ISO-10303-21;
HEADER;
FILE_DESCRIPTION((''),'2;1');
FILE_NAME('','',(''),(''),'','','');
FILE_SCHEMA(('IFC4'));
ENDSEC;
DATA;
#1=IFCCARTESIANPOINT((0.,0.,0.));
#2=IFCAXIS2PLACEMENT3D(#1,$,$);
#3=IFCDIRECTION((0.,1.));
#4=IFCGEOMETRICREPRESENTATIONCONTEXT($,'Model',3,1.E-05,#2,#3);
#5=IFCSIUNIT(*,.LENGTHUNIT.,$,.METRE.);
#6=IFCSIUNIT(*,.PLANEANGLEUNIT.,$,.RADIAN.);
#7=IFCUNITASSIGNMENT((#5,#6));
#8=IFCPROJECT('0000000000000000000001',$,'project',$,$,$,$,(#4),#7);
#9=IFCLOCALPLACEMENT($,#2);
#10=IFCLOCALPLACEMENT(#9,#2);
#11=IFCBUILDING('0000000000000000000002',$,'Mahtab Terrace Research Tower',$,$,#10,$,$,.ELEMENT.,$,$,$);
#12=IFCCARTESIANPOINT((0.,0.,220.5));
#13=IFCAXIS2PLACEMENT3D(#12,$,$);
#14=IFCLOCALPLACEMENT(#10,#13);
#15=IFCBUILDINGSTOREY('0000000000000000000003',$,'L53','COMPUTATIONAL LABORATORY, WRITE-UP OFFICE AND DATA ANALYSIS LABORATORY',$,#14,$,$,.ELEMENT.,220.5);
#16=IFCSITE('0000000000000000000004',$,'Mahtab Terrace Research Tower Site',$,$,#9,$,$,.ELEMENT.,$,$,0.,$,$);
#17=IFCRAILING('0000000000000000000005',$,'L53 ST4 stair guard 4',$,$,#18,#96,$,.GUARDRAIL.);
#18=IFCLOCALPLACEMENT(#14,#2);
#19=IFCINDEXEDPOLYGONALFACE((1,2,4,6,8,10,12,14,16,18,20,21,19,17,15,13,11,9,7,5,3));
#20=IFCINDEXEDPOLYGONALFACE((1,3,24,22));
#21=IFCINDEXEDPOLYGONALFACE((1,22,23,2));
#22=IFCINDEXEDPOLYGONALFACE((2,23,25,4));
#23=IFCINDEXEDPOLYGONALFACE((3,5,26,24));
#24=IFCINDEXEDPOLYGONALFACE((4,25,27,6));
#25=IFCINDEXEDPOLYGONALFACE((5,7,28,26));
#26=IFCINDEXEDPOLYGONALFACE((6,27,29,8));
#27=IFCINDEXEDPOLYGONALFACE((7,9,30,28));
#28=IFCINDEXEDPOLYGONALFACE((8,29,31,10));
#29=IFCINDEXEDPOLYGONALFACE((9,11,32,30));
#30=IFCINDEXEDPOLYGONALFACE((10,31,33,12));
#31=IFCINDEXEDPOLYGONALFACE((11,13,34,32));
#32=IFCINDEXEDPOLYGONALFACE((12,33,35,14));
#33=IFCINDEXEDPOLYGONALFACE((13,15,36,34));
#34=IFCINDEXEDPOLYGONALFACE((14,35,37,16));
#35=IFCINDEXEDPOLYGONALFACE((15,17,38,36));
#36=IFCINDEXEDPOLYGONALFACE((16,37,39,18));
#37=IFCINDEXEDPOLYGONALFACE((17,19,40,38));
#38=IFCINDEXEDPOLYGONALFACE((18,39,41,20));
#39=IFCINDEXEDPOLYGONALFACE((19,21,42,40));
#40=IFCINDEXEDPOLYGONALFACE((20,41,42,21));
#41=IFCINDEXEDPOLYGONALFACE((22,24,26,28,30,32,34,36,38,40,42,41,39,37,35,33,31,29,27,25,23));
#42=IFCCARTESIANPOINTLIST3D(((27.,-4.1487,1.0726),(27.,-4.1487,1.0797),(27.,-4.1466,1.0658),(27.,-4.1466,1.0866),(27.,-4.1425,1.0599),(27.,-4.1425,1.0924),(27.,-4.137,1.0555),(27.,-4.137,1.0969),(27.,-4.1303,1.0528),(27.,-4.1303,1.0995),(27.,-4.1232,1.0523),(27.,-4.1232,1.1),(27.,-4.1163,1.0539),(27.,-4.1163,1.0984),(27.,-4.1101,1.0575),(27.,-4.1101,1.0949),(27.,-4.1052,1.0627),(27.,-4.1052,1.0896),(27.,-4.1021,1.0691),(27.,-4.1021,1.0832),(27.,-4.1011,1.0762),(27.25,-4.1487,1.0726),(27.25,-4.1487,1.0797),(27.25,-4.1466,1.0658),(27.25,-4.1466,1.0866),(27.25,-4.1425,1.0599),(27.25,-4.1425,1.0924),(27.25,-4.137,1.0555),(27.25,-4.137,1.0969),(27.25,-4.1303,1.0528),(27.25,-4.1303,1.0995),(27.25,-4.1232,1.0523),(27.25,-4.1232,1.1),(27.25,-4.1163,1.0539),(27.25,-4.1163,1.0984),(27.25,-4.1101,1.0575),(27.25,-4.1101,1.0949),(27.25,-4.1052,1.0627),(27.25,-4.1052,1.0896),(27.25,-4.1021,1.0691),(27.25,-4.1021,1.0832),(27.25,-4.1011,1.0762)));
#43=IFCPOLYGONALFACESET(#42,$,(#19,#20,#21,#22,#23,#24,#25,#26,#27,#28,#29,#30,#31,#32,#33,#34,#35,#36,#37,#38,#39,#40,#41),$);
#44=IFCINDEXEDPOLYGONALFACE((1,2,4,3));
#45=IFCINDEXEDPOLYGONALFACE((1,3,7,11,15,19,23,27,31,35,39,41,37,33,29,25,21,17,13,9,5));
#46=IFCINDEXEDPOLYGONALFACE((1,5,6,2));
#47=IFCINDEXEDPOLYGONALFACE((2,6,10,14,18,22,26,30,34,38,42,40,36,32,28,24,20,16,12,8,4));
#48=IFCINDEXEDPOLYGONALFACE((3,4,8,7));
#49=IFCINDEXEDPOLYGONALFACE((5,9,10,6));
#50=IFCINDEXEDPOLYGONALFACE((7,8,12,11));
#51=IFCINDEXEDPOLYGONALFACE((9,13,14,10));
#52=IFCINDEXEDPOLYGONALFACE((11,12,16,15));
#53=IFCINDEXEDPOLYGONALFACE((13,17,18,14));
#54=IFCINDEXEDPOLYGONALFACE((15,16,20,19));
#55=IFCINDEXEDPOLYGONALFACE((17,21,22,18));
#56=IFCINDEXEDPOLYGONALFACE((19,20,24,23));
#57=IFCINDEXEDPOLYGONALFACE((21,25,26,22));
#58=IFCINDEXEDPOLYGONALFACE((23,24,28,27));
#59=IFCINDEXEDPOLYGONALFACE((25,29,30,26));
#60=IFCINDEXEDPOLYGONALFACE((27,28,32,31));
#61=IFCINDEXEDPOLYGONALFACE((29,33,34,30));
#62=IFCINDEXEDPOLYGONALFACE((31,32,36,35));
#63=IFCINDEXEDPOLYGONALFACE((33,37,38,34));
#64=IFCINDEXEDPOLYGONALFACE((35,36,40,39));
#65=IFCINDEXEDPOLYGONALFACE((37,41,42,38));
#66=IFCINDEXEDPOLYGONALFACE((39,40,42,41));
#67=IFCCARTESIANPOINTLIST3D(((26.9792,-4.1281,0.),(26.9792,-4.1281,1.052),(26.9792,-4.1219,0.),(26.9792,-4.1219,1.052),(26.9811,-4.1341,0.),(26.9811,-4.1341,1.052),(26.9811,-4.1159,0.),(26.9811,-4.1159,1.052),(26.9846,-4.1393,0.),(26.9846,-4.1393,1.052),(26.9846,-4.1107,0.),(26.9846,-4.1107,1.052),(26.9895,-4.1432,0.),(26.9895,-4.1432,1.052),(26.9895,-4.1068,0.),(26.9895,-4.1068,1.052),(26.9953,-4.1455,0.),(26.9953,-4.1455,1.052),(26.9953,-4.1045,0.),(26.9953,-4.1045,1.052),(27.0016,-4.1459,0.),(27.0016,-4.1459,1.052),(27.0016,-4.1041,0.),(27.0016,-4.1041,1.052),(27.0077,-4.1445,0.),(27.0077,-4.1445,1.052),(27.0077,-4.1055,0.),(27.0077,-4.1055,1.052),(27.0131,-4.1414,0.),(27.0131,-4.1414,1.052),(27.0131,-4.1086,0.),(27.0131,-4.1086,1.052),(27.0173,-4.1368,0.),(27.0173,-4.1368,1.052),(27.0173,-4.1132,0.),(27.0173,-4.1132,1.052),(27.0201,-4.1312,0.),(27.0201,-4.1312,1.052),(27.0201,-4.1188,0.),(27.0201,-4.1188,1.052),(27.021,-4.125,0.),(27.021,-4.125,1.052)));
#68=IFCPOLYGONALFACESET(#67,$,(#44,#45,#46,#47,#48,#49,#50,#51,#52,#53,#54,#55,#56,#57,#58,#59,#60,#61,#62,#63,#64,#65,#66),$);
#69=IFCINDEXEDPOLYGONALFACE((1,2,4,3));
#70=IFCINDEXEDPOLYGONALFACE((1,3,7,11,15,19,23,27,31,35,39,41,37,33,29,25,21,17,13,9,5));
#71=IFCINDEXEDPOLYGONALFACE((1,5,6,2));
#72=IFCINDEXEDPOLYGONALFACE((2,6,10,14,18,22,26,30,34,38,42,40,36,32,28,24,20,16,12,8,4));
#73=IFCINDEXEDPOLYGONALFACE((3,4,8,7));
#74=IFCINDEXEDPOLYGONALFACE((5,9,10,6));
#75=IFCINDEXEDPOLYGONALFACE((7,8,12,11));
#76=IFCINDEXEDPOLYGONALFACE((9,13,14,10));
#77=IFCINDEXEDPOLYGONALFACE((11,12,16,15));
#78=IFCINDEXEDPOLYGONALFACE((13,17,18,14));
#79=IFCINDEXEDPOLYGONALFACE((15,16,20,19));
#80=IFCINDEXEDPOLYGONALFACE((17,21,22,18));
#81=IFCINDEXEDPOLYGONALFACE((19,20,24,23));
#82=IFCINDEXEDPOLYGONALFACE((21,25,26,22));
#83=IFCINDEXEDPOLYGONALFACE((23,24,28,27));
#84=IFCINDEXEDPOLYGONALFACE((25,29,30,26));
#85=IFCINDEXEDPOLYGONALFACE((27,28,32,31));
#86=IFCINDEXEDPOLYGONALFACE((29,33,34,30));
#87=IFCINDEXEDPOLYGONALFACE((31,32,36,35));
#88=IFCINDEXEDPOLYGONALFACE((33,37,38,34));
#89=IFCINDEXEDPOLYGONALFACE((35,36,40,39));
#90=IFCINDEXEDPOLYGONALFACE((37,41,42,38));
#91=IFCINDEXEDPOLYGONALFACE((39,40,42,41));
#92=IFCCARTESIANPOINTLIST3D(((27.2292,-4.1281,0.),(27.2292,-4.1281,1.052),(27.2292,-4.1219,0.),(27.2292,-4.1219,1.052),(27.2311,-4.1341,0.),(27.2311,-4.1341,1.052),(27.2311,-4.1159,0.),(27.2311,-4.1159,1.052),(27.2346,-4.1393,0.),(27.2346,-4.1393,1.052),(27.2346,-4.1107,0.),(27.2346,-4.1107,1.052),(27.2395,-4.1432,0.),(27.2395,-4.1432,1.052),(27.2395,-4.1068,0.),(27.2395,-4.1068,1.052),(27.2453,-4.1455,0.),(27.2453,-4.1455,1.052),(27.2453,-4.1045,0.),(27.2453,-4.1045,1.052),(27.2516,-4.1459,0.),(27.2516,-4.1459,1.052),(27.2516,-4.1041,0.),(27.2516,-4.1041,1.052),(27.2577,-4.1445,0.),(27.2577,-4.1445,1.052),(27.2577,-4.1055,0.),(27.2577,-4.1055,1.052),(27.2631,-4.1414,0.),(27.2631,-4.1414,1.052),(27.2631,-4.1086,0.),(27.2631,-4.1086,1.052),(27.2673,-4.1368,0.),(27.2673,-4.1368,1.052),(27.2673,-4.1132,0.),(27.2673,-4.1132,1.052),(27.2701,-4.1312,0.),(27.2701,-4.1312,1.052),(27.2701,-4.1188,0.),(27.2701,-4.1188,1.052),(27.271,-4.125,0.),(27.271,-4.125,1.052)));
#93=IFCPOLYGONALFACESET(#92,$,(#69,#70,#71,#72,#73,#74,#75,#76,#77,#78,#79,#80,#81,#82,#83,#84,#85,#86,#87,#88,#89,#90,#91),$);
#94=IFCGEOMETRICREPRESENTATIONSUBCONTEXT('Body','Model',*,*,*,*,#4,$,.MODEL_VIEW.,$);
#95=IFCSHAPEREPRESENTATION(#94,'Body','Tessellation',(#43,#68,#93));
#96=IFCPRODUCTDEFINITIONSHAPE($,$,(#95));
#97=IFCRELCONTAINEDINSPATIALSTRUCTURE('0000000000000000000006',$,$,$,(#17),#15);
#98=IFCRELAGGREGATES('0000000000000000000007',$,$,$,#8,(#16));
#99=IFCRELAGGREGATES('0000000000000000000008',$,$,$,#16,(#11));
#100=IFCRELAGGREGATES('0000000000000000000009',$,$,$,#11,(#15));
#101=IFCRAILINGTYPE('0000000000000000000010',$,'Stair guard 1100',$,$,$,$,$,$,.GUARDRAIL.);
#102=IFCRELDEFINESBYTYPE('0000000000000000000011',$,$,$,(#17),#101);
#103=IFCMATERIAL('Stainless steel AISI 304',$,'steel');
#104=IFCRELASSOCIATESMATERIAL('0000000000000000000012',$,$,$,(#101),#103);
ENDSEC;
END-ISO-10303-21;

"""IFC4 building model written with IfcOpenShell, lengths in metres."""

from ifc_helpers import new_model, si_unit, direction, frame, origin, origin_2d, place, context, subcontext, project, spatial, circle, extrude, material, type_object, element, save


model = new_model("IFC4")

# Units and contexts
model_context = context("Model", 3, precision=1e-05, world=origin(), true_north=direction((0.0, 1.0)))
body_context = subcontext(model_context, "Body", "Model", "MODEL_VIEW")
ifc_project = project(units=[si_unit("LENGTHUNIT", "METRE"), si_unit("PLANEANGLEUNIT", "RADIAN")], contexts=[model_context])

# Site, building, storey
site_placement = place(None, origin())
site = spatial("IfcSite", under=ifc_project, at=site_placement, Name="Mahtab Terrace Research Tower Site", CompositionType="ELEMENT", RefElevation=0.0)
building_placement = place(site_placement, origin())
building = spatial("IfcBuilding", under=site, at=building_placement, Name="Mahtab Terrace Research Tower", CompositionType="ELEMENT")
storey_placement = place(building_placement, frame((0.0, 0.0, 220.5)))
storey = spatial("IfcBuildingStorey", under=building, at=storey_placement, Name="L53", Description="COMPUTATIONAL LABORATORY, WRITE-UP OFFICE AND DATA ANALYSIS LABORATORY", CompositionType="ELEMENT", Elevation=220.5)

# Railing
ifc_material_1 = material(Name="Stainless steel AISI 304", Category="steel")
railing_type_1 = type_object("IfcRailingType", Name="Stair guard 1100", PredefinedType="GUARDRAIL", material=ifc_material_1)
railing_1_placement = place(storey_placement, frame((27.0, -4.125, 0.0)))
element("IfcRailing", 1, at=railing_1_placement, inside=storey, type_object=railing_type_1, Name="L53 ST4 stair guard 4", PredefinedType="GUARDRAIL", context=body_context, shape_type="SweptSolid", body=[
    extrude(circle(Radius=0.0239, at=origin_2d()), frame((0.0, 0.0, 1.0762), z_axis=(1.0, 0.0, 0.0), x_axis=(0.0, 1.0, 0.0)), (0.0, 0.0, 1.0), 0.25),
    extrude(circle(Radius=0.021, at=origin_2d()), origin(), (0.0, 0.0, 1.0), 1.052),
    extrude(circle(Radius=0.021, at=origin_2d()), frame((0.25, 0.0, 0.0)), (0.0, 0.0, 1.0), 1.052),
])

save(model, "model.ifc")
